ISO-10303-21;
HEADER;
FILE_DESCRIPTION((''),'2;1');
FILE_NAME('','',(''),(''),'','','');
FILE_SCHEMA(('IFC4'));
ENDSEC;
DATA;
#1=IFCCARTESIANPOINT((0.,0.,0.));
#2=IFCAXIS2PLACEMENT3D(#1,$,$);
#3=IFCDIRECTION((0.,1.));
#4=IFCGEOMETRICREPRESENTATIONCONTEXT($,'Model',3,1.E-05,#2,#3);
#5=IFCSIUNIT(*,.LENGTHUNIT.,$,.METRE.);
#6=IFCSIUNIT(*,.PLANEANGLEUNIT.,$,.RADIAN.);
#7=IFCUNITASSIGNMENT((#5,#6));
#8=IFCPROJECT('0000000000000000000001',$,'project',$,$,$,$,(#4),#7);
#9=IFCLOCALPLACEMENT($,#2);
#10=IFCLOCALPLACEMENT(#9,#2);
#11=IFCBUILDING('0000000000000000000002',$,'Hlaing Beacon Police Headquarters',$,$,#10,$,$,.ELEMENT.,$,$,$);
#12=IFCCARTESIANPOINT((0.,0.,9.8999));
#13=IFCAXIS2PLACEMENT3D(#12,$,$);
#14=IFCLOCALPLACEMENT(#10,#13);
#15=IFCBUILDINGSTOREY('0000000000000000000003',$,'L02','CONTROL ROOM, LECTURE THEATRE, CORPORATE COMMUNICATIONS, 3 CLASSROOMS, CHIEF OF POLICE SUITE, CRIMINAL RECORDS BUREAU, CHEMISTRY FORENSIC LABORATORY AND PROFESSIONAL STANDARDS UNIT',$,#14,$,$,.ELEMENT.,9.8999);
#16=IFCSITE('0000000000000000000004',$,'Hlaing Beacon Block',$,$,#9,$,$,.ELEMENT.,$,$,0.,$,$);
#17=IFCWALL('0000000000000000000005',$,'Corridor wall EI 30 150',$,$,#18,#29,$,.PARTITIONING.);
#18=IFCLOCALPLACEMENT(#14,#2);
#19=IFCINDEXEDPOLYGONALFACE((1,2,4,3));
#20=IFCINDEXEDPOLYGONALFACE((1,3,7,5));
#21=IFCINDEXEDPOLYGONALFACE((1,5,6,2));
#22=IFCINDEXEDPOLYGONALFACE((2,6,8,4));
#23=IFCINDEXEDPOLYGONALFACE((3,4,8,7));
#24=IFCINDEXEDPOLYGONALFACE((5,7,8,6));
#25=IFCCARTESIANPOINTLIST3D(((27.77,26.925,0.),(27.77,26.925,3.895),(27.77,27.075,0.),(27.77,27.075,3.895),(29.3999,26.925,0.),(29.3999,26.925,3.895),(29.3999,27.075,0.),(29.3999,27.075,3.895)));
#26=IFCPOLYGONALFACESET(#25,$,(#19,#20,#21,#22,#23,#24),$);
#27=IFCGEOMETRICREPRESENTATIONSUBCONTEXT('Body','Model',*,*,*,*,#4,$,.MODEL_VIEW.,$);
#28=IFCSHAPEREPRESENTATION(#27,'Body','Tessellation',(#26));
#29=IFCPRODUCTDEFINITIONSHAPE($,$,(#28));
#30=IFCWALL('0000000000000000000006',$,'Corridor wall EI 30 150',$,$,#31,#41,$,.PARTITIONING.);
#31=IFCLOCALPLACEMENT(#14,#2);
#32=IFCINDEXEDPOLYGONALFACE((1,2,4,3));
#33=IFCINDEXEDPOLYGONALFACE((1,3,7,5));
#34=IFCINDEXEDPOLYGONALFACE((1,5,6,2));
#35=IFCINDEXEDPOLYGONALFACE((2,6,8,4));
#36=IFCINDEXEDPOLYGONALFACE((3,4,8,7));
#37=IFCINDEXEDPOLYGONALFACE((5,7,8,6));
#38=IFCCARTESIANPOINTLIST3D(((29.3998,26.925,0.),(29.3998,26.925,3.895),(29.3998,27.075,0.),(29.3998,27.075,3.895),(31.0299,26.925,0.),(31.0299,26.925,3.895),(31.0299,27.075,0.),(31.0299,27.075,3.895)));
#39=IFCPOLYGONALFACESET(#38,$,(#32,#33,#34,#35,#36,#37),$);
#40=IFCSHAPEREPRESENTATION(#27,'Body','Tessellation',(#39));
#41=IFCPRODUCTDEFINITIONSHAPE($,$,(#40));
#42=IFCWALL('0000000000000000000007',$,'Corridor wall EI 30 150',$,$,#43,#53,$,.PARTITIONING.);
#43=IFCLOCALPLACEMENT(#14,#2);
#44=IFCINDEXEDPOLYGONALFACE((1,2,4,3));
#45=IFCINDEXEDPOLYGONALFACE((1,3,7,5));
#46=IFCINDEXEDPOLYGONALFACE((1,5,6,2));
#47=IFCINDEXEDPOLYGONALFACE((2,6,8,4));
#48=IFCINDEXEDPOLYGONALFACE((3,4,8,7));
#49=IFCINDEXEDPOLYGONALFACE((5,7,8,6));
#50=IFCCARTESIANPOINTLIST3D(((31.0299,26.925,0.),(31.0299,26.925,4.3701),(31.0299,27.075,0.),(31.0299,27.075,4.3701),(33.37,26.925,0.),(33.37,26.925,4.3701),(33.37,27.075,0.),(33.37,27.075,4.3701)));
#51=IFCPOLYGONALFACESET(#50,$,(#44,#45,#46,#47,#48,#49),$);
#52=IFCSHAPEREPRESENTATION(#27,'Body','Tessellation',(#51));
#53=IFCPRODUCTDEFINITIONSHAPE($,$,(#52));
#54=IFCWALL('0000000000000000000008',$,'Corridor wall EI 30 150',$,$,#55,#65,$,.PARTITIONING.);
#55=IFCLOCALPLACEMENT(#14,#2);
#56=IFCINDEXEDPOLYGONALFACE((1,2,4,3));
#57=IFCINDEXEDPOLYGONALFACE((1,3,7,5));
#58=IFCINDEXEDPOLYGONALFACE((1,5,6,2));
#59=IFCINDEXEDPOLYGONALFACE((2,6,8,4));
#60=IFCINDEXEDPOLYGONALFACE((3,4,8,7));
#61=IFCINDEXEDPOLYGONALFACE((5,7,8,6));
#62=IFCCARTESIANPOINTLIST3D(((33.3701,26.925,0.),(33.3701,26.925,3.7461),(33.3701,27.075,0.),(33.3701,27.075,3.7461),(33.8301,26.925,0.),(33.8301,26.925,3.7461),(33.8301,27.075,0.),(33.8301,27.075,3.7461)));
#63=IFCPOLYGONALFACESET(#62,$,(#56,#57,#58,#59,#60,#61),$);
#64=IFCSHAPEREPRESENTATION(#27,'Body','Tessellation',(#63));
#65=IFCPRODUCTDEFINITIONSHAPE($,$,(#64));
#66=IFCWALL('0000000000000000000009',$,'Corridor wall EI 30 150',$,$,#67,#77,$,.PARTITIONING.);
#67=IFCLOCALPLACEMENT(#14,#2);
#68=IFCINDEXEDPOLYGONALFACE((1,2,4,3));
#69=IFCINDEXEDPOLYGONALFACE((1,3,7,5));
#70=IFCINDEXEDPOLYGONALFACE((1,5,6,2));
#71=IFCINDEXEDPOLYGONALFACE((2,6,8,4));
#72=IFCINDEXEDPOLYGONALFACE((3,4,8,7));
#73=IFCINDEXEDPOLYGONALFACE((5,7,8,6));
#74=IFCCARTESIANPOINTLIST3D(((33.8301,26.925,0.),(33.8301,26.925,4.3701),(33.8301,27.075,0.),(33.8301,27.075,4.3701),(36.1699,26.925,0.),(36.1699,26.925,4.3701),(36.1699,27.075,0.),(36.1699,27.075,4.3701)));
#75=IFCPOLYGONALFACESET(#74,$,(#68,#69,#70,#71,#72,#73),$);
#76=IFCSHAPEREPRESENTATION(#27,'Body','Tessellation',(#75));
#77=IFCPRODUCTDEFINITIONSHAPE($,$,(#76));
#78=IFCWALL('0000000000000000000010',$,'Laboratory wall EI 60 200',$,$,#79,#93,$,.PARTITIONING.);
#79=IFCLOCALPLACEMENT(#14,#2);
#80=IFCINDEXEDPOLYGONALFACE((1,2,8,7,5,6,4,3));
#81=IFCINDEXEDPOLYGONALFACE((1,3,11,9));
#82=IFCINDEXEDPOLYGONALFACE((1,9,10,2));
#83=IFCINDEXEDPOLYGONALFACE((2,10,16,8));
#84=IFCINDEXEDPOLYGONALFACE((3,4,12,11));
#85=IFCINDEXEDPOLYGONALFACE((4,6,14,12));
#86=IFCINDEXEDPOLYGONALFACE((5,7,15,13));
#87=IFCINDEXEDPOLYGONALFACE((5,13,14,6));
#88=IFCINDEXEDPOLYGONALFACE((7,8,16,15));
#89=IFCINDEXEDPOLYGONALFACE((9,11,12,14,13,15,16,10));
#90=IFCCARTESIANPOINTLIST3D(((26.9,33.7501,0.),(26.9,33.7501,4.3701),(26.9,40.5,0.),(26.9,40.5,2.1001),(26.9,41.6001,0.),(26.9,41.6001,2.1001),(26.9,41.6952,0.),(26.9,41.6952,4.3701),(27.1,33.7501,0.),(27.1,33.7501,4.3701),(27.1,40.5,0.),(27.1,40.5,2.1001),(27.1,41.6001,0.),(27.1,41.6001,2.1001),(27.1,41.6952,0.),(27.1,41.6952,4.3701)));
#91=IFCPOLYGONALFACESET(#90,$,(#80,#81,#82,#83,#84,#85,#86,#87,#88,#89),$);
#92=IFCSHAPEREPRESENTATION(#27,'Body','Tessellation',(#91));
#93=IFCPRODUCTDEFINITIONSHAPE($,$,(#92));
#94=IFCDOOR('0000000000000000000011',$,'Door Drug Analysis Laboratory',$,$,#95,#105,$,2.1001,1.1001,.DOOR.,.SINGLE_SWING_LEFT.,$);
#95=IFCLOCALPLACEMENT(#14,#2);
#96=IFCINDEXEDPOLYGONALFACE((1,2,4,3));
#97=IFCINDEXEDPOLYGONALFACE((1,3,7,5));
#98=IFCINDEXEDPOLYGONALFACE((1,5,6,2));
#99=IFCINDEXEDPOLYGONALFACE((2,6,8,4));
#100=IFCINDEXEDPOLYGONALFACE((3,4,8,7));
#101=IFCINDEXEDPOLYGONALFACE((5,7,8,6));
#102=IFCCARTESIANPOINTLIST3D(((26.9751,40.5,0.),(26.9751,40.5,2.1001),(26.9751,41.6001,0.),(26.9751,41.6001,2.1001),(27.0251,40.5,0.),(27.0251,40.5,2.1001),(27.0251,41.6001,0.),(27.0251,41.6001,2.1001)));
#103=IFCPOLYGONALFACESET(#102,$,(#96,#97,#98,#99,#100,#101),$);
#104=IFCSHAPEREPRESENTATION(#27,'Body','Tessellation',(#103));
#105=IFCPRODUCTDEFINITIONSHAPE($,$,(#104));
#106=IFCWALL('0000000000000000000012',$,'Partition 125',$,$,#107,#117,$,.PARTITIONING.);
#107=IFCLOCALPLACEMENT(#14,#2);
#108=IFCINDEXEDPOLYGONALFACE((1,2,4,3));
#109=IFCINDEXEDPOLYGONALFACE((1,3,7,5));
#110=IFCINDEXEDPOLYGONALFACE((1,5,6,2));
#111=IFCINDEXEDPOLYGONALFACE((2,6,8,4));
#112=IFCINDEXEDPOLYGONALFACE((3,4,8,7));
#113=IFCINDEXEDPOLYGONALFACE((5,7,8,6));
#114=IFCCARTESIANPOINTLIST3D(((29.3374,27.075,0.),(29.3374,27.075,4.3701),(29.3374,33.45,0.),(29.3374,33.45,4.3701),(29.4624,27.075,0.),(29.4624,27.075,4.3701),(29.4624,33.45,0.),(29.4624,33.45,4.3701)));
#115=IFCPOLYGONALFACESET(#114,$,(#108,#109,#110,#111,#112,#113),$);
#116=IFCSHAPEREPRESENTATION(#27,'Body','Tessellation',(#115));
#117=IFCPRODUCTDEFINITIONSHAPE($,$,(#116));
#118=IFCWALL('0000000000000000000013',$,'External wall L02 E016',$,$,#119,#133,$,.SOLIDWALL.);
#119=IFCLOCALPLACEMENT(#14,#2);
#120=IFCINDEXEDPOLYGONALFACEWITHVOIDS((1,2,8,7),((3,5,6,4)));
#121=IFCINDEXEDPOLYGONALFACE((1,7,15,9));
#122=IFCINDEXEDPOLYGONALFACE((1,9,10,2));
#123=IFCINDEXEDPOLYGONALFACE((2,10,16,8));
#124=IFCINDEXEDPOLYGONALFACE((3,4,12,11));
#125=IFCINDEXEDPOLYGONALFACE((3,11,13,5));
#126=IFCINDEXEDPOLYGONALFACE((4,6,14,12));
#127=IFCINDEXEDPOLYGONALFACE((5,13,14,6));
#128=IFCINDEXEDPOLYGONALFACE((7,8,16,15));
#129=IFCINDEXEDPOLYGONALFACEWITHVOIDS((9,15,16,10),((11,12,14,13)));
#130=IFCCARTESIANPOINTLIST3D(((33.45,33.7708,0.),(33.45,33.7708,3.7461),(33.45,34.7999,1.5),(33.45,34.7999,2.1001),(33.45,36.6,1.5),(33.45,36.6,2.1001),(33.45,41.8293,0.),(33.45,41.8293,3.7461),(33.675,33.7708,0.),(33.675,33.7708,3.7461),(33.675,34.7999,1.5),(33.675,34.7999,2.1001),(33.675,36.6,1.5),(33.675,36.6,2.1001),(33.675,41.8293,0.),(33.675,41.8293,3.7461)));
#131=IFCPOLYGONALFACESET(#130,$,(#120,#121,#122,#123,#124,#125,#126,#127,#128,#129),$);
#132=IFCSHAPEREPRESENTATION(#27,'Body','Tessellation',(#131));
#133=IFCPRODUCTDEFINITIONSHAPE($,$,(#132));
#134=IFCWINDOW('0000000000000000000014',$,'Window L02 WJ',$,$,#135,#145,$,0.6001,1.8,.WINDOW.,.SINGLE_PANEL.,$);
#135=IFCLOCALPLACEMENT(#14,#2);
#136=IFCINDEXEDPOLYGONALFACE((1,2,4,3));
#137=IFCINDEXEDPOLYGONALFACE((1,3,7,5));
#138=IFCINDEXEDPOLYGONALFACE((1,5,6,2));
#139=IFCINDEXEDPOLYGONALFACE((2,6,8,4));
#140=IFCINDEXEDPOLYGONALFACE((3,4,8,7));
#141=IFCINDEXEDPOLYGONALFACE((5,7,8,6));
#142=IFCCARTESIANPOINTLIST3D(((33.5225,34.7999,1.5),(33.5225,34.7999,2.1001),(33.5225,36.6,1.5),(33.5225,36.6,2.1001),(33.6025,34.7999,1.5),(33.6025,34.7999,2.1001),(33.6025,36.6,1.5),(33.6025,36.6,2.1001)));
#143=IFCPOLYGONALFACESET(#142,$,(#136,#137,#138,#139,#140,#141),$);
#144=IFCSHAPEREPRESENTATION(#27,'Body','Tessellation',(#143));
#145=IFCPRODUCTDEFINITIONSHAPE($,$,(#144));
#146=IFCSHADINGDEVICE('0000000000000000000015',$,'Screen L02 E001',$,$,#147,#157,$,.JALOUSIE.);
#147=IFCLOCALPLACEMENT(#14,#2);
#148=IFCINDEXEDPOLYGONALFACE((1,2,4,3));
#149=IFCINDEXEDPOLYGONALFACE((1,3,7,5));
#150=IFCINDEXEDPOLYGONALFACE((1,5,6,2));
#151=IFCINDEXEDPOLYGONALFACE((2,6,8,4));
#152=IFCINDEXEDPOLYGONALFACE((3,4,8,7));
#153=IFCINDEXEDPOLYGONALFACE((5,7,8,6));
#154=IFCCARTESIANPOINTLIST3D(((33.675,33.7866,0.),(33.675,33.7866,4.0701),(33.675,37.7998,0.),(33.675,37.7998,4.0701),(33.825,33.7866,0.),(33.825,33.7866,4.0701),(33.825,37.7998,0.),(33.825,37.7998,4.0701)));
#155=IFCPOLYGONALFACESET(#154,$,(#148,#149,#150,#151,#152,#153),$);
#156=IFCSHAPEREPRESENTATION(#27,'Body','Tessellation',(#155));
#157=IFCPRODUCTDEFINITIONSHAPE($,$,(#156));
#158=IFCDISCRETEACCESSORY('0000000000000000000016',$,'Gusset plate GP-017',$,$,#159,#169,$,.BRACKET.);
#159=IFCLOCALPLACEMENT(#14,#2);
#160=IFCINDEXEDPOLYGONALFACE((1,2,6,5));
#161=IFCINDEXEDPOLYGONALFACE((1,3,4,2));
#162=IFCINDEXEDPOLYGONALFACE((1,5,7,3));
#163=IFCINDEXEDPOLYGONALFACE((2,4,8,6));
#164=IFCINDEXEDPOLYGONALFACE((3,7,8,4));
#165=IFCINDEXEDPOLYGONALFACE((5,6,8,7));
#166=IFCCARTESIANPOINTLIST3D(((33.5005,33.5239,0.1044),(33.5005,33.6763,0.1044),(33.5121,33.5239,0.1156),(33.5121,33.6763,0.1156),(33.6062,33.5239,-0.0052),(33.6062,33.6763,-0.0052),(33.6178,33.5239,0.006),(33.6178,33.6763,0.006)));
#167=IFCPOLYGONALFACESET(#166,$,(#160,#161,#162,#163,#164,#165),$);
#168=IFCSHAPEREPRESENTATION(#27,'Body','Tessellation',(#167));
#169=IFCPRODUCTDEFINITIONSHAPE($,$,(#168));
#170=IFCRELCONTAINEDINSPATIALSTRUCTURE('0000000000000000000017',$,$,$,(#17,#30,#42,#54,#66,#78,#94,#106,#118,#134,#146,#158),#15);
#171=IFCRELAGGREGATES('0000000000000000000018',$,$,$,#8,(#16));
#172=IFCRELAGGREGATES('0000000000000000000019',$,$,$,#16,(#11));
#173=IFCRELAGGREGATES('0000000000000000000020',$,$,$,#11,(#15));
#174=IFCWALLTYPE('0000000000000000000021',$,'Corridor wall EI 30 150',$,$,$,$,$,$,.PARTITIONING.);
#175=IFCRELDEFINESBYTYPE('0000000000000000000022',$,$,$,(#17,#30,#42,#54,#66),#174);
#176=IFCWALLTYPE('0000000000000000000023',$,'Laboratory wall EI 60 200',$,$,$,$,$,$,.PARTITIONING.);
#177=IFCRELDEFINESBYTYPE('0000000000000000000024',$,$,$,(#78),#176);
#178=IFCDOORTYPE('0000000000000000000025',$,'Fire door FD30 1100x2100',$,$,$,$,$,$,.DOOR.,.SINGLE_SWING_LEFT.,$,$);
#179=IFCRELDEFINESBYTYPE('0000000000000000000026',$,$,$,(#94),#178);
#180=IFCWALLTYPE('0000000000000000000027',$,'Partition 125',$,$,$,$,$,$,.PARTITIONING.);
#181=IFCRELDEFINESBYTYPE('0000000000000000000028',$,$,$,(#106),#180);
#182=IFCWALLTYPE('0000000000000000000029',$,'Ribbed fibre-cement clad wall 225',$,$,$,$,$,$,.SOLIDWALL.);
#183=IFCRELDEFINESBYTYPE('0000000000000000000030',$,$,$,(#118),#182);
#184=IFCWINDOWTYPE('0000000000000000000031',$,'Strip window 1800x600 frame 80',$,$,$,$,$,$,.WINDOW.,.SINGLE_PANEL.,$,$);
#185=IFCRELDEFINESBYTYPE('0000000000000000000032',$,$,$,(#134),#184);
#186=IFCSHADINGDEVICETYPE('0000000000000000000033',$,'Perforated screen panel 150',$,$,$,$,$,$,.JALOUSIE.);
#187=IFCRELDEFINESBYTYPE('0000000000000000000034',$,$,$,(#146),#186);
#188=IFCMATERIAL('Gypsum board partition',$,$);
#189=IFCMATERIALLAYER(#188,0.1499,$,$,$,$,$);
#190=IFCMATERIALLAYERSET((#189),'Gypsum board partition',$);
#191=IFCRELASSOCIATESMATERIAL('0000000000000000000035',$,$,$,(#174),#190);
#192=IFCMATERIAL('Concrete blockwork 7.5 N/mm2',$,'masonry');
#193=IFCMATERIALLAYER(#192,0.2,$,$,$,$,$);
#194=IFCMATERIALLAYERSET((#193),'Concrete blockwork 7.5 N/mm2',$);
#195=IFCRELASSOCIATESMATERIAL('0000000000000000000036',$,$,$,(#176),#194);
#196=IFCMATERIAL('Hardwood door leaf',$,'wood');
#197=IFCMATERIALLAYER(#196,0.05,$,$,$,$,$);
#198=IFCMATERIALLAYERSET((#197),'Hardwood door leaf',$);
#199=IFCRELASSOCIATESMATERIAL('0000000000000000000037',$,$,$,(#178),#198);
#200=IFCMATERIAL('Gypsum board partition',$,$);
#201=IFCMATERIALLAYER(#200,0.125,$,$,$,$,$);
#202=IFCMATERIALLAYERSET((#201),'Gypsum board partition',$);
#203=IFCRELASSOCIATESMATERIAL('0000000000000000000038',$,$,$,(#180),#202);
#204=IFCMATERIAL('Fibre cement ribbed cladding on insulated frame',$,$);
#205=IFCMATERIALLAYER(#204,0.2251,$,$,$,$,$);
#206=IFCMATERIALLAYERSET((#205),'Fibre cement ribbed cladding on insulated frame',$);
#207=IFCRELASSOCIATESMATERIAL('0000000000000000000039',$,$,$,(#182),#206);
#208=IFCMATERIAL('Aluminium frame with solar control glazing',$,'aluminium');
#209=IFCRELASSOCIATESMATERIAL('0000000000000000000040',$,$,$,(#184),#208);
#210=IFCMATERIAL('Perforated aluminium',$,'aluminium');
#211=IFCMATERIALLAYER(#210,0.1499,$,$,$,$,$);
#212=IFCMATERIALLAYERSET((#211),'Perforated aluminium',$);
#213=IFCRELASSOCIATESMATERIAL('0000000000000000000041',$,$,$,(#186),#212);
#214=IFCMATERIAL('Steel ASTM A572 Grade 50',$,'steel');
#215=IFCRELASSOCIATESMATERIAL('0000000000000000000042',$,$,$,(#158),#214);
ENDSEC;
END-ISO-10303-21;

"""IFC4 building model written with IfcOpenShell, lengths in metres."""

from ifc_helpers import new_model, si_unit, direction, frame, frame_2d, origin, origin_2d, place, context, subcontext, project, spatial, rectangle, extrude, material, layer, layer_set, type_object, element, fill, save


model = new_model("IFC4")

# Units and contexts
model_context = context("Model", 3, precision=1e-05, world=origin(), true_north=direction((0.0, 1.0)))
body_context = subcontext(model_context, "Body", "Model", "MODEL_VIEW")
ifc_project = project(units=[si_unit("LENGTHUNIT", "METRE"), si_unit("PLANEANGLEUNIT", "RADIAN")], contexts=[model_context])

# Site, building, storey
site_placement = place(None, origin())
site = spatial("IfcSite", under=ifc_project, at=site_placement, Name="Hlaing Beacon Block", CompositionType="ELEMENT", RefElevation=0.0)
building_placement = place(site_placement, origin())
building = spatial("IfcBuilding", under=site, at=building_placement, Name="Hlaing Beacon Police Headquarters", CompositionType="ELEMENT")
storey_placement = place(building_placement, frame((0.0, 0.0, 9.8999)))
storey = spatial("IfcBuildingStorey", under=building, at=storey_placement, Name="L02", Description="CONTROL ROOM, LECTURE THEATRE, CORPORATE COMMUNICATIONS, 3 CLASSROOMS, CHIEF OF POLICE SUITE, CRIMINAL RECORDS BUREAU, CHEMISTRY FORENSIC LABORATORY AND PROFESSIONAL STANDARDS UNIT", CompositionType="ELEMENT", Elevation=9.8999)

# Walls
ifc_material_1 = material(Name="Gypsum board partition")
ifc_layer_1 = layer(ifc_material_1, 0.1499)
ifc_layer_set_1 = layer_set([ifc_layer_1], Name="Gypsum board partition")
wall_type_1 = type_object("IfcWallType", Name="Corridor wall EI 30 150", PredefinedType="PARTITIONING", material=ifc_layer_set_1)
wall_1_placement = place(storey_placement, frame((27.77, 27.0, 0.0), z_axis=(0.0, 0.0, 1.0), x_axis=(1.0, 0.0, 0.0)))
element("IfcWall", 1, at=wall_1_placement, inside=storey, type_object=wall_type_1, Name="Corridor wall EI 30 150", PredefinedType="PARTITIONING", context=body_context, shape_type="SweptSolid", body=[
    extrude(rectangle(XDim=1.6299, YDim=0.1499, at=frame_2d((0.8149, 0.0))), origin(), (0.0, 0.0, 1.0), 3.895),
])
wall_2_placement = place(storey_placement, frame((29.3999, 27.0, 0.0), z_axis=(0.0, 0.0, 1.0), x_axis=(1.0, 0.0, 0.0)))
element("IfcWall", 2, at=wall_2_placement, inside=storey, type_object=wall_type_1, Name="Corridor wall EI 30 150", PredefinedType="PARTITIONING", context=body_context, shape_type="SweptSolid", body=[
    extrude(rectangle(XDim=1.6301, YDim=0.1499, at=frame_2d((0.8149, 0.0))), origin(), (0.0, 0.0, 1.0), 3.895),
])
wall_3_placement = place(storey_placement, frame((31.03, 27.0, 0.0), z_axis=(0.0, 0.0, 1.0), x_axis=(1.0, 0.0, 0.0)))
element("IfcWall", 3, at=wall_3_placement, inside=storey, type_object=wall_type_1, Name="Corridor wall EI 30 150", PredefinedType="PARTITIONING", context=body_context, shape_type="SweptSolid", body=[
    extrude(rectangle(XDim=2.3401, YDim=0.1499, at=frame_2d((1.1699, 0.0))), origin(), (0.0, 0.0, 1.0), 4.3701),
])
wall_4_placement = place(storey_placement, frame((33.3701, 27.0, 0.0), z_axis=(0.0, 0.0, 1.0), x_axis=(1.0, 0.0, 0.0)))
element("IfcWall", 4, at=wall_4_placement, inside=storey, type_object=wall_type_1, Name="Corridor wall EI 30 150", PredefinedType="PARTITIONING", context=body_context, shape_type="SweptSolid", body=[
    extrude(rectangle(XDim=0.46, YDim=0.1499, at=frame_2d((0.23, 0.0))), origin(), (0.0, 0.0, 1.0), 3.7461),
])
wall_5_placement = place(storey_placement, frame((33.8301, 27.0, 0.0), z_axis=(0.0, 0.0, 1.0), x_axis=(1.0, 0.0, 0.0)))
element("IfcWall", 5, at=wall_5_placement, inside=storey, type_object=wall_type_1, Name="Corridor wall EI 30 150", PredefinedType="PARTITIONING", context=body_context, shape_type="SweptSolid", body=[
    extrude(rectangle(XDim=2.3398, YDim=0.1499, at=frame_2d((1.1699, 0.0))), origin(), (0.0, 0.0, 1.0), 4.3701),
])

# Wall, opening, door
ifc_material_2 = material(Name="Concrete blockwork 7.5 N/mm2", Category="masonry")
ifc_layer_2 = layer(ifc_material_2, 0.2)
ifc_layer_set_2 = layer_set([ifc_layer_2], Name="Concrete blockwork 7.5 N/mm2")
wall_type_2 = type_object("IfcWallType", Name="Laboratory wall EI 60 200", PredefinedType="PARTITIONING", material=ifc_layer_set_2)
wall_6_placement = place(storey_placement, frame((27.0, 33.75, 0.0), z_axis=(0.0, 0.0, 1.0), x_axis=(0.0, 1.0, 0.0)))
wall_6 = element("IfcWall", 6, at=wall_6_placement, inside=storey, type_object=wall_type_2, Name="Laboratory wall EI 60 200", PredefinedType="PARTITIONING", context=body_context, shape_type="SweptSolid", body=[
    extrude(rectangle(XDim=7.9451, YDim=0.2, at=frame_2d((3.9727, 0.0))), origin(), (0.0, 0.0, 1.0), 4.3701),
])
opening_1_placement = place(wall_6_placement, frame((6.75, 0.0, 0.0)))
opening_1 = element("IfcOpeningElement", 7, at=opening_1_placement, cuts=wall_6, PredefinedType="OPENING", context=body_context, shape_type="SweptSolid", body=[
    extrude(rectangle(XDim=1.1001, YDim=2.1001, at=frame_2d((0.55, 1.05))), frame((0.0, 0.1099, 0.0), z_axis=(0.0, -1.0, 0.0), x_axis=(1.0, 0.0, 0.0)), (0.0, 0.0, 1.0), 0.22),
])
ifc_material_3 = material(Name="Hardwood door leaf", Category="wood")
ifc_layer_3 = layer(ifc_material_3, 0.05)
ifc_layer_set_3 = layer_set([ifc_layer_3], Name="Hardwood door leaf")
door_type_1 = type_object("IfcDoorType", Name="Fire door FD30 1100x2100", OperationType="SINGLE_SWING_LEFT", PredefinedType="DOOR", material=ifc_layer_set_3)
door_1_placement = place(opening_1_placement, frame((1.1001, 0.0, 0.0), z_axis=(0.0, 0.0, 1.0), x_axis=(-1.0, 0.0, 0.0)))
door_1 = element("IfcDoor", 8, at=door_1_placement, inside=storey, type_object=door_type_1, Name="Door Drug Analysis Laboratory", OperationType="SINGLE_SWING_LEFT", OverallHeight=2.1001, OverallWidth=1.1001, PredefinedType="DOOR", context=body_context, shape_type="SweptSolid", body=[
    extrude(rectangle(XDim=1.1001, YDim=2.1001, at=frame_2d((0.55, 1.05))), frame((0.0, 0.0251, 0.0), z_axis=(0.0, -1.0, 0.0), x_axis=(1.0, 0.0, 0.0)), (0.0, 0.0, 1.0), 0.05),
])
fill(opening_1, door_1)

# Wall
ifc_material_4 = material(Name="Gypsum board partition")
ifc_layer_4 = layer(ifc_material_4, 0.125)
ifc_layer_set_4 = layer_set([ifc_layer_4], Name="Gypsum board partition")
wall_type_3 = type_object("IfcWallType", Name="Partition 125", PredefinedType="PARTITIONING", material=ifc_layer_set_4)
wall_7_placement = place(storey_placement, frame((29.3999, 27.075, 0.0), z_axis=(0.0, 0.0, 1.0), x_axis=(0.0, 1.0, 0.0)))
element("IfcWall", 9, at=wall_7_placement, inside=storey, type_object=wall_type_3, Name="Partition 125", PredefinedType="PARTITIONING", context=body_context, shape_type="SweptSolid", body=[
    extrude(rectangle(XDim=6.375, YDim=0.125, at=frame_2d((3.1875, 0.0))), origin(), (0.0, 0.0, 1.0), 4.3701),
])

# Wall, opening, window
ifc_material_5 = material(Name="Fibre cement ribbed cladding on insulated frame")
ifc_layer_5 = layer(ifc_material_5, 0.2251)
ifc_layer_set_5 = layer_set([ifc_layer_5], Name="Fibre cement ribbed cladding on insulated frame")
wall_type_4 = type_object("IfcWallType", Name="Ribbed fibre-cement clad wall 225", PredefinedType="SOLIDWALL", material=ifc_layer_set_5)
wall_8_placement = place(storey_placement, frame((33.5625, 33.7708, 0.0), z_axis=(0.0, 0.0, 1.0), x_axis=(0.0, 1.0, 0.0)))
wall_8 = element("IfcWall", 10, at=wall_8_placement, inside=storey, type_object=wall_type_4, Name="External wall L02 E016", PredefinedType="SOLIDWALL", context=body_context, shape_type="SweptSolid", body=[
    extrude(rectangle(XDim=8.0586, YDim=0.2251, at=frame_2d((4.0293, 0.0))), origin(), (0.0, 0.0, 1.0), 3.7461),
])
opening_2_placement = place(wall_8_placement, frame((1.0293, 0.0, 1.5)))
opening_2 = element("IfcOpeningElement", 11, at=opening_2_placement, cuts=wall_8, PredefinedType="OPENING", context=body_context, shape_type="SweptSolid", body=[
    extrude(rectangle(XDim=1.8, YDim=0.6001, at=frame_2d((0.8999, 0.3))), frame((0.0, 0.1226, 0.0), z_axis=(0.0, -1.0, 0.0), x_axis=(1.0, 0.0, 0.0)), (0.0, 0.0, 1.0), 0.2451),
])
ifc_material_6 = material(Name="Aluminium frame with solar control glazing", Category="aluminium")
window_type = type_object("IfcWindowType", Name="Strip window 1800x600 frame 80", PartitioningType="SINGLE_PANEL", PredefinedType="WINDOW", material=ifc_material_6)
window_placement = place(opening_2_placement, origin())
window = element("IfcWindow", 12, at=window_placement, inside=storey, type_object=window_type, Name="Window L02 WJ", OverallHeight=0.6001, OverallWidth=1.8, PartitioningType="SINGLE_PANEL", PredefinedType="WINDOW", context=body_context, shape_type="SweptSolid", body=[
    extrude(rectangle(XDim=1.8, YDim=0.6001, at=frame_2d((0.8999, 0.3))), frame((0.0, 0.04, 0.0), z_axis=(0.0, -1.0, 0.0), x_axis=(1.0, 0.0, 0.0)), (0.0, 0.0, 1.0), 0.0801),
])
fill(opening_2, window)

# Shading device
ifc_material_7 = material(Name="Perforated aluminium", Category="aluminium")
ifc_layer_6 = layer(ifc_material_7, 0.1499)
ifc_layer_set_6 = layer_set([ifc_layer_6], Name="Perforated aluminium")
shading_device_type = type_object("IfcShadingDeviceType", Name="Perforated screen panel 150", PredefinedType="JALOUSIE", material=ifc_layer_set_6)
shading_device_placement = place(storey_placement, frame((33.75, 35.7932, 0.0), z_axis=(0.0, 0.0, 1.0), x_axis=(0.0, 1.0, 0.0)))
element("IfcShadingDevice", 13, at=shading_device_placement, inside=storey, type_object=shading_device_type, Name="Screen L02 E001", PredefinedType="JALOUSIE", context=body_context, shape_type="SweptSolid", body=[
    extrude(rectangle(XDim=4.0132, YDim=0.1499, at=origin_2d()), origin(), (0.0, 0.0, 1.0), 4.0701),
])

# Discrete accessory
ifc_material_8 = material(Name="Steel ASTM A572 Grade 50", Category="steel")
discrete_accessory_placement = place(storey_placement, frame((33.5649, 33.6001, 0.0608), z_axis=(-0.719733, 0.0, -0.694251), x_axis=(0.0, -1.0, 0.0)))
element("IfcDiscreteAccessory", 14, at=discrete_accessory_placement, inside=storey, material=ifc_material_8, Name="Gusset plate GP-017", PredefinedType="BRACKET", context=body_context, shape_type="SweptSolid", body=[
    extrude(rectangle(XDim=0.1523, YDim=0.1523, at=origin_2d()), origin(), (0.0, 0.0, 1.0), 0.0161),
])

save(model, "model.ifc")
